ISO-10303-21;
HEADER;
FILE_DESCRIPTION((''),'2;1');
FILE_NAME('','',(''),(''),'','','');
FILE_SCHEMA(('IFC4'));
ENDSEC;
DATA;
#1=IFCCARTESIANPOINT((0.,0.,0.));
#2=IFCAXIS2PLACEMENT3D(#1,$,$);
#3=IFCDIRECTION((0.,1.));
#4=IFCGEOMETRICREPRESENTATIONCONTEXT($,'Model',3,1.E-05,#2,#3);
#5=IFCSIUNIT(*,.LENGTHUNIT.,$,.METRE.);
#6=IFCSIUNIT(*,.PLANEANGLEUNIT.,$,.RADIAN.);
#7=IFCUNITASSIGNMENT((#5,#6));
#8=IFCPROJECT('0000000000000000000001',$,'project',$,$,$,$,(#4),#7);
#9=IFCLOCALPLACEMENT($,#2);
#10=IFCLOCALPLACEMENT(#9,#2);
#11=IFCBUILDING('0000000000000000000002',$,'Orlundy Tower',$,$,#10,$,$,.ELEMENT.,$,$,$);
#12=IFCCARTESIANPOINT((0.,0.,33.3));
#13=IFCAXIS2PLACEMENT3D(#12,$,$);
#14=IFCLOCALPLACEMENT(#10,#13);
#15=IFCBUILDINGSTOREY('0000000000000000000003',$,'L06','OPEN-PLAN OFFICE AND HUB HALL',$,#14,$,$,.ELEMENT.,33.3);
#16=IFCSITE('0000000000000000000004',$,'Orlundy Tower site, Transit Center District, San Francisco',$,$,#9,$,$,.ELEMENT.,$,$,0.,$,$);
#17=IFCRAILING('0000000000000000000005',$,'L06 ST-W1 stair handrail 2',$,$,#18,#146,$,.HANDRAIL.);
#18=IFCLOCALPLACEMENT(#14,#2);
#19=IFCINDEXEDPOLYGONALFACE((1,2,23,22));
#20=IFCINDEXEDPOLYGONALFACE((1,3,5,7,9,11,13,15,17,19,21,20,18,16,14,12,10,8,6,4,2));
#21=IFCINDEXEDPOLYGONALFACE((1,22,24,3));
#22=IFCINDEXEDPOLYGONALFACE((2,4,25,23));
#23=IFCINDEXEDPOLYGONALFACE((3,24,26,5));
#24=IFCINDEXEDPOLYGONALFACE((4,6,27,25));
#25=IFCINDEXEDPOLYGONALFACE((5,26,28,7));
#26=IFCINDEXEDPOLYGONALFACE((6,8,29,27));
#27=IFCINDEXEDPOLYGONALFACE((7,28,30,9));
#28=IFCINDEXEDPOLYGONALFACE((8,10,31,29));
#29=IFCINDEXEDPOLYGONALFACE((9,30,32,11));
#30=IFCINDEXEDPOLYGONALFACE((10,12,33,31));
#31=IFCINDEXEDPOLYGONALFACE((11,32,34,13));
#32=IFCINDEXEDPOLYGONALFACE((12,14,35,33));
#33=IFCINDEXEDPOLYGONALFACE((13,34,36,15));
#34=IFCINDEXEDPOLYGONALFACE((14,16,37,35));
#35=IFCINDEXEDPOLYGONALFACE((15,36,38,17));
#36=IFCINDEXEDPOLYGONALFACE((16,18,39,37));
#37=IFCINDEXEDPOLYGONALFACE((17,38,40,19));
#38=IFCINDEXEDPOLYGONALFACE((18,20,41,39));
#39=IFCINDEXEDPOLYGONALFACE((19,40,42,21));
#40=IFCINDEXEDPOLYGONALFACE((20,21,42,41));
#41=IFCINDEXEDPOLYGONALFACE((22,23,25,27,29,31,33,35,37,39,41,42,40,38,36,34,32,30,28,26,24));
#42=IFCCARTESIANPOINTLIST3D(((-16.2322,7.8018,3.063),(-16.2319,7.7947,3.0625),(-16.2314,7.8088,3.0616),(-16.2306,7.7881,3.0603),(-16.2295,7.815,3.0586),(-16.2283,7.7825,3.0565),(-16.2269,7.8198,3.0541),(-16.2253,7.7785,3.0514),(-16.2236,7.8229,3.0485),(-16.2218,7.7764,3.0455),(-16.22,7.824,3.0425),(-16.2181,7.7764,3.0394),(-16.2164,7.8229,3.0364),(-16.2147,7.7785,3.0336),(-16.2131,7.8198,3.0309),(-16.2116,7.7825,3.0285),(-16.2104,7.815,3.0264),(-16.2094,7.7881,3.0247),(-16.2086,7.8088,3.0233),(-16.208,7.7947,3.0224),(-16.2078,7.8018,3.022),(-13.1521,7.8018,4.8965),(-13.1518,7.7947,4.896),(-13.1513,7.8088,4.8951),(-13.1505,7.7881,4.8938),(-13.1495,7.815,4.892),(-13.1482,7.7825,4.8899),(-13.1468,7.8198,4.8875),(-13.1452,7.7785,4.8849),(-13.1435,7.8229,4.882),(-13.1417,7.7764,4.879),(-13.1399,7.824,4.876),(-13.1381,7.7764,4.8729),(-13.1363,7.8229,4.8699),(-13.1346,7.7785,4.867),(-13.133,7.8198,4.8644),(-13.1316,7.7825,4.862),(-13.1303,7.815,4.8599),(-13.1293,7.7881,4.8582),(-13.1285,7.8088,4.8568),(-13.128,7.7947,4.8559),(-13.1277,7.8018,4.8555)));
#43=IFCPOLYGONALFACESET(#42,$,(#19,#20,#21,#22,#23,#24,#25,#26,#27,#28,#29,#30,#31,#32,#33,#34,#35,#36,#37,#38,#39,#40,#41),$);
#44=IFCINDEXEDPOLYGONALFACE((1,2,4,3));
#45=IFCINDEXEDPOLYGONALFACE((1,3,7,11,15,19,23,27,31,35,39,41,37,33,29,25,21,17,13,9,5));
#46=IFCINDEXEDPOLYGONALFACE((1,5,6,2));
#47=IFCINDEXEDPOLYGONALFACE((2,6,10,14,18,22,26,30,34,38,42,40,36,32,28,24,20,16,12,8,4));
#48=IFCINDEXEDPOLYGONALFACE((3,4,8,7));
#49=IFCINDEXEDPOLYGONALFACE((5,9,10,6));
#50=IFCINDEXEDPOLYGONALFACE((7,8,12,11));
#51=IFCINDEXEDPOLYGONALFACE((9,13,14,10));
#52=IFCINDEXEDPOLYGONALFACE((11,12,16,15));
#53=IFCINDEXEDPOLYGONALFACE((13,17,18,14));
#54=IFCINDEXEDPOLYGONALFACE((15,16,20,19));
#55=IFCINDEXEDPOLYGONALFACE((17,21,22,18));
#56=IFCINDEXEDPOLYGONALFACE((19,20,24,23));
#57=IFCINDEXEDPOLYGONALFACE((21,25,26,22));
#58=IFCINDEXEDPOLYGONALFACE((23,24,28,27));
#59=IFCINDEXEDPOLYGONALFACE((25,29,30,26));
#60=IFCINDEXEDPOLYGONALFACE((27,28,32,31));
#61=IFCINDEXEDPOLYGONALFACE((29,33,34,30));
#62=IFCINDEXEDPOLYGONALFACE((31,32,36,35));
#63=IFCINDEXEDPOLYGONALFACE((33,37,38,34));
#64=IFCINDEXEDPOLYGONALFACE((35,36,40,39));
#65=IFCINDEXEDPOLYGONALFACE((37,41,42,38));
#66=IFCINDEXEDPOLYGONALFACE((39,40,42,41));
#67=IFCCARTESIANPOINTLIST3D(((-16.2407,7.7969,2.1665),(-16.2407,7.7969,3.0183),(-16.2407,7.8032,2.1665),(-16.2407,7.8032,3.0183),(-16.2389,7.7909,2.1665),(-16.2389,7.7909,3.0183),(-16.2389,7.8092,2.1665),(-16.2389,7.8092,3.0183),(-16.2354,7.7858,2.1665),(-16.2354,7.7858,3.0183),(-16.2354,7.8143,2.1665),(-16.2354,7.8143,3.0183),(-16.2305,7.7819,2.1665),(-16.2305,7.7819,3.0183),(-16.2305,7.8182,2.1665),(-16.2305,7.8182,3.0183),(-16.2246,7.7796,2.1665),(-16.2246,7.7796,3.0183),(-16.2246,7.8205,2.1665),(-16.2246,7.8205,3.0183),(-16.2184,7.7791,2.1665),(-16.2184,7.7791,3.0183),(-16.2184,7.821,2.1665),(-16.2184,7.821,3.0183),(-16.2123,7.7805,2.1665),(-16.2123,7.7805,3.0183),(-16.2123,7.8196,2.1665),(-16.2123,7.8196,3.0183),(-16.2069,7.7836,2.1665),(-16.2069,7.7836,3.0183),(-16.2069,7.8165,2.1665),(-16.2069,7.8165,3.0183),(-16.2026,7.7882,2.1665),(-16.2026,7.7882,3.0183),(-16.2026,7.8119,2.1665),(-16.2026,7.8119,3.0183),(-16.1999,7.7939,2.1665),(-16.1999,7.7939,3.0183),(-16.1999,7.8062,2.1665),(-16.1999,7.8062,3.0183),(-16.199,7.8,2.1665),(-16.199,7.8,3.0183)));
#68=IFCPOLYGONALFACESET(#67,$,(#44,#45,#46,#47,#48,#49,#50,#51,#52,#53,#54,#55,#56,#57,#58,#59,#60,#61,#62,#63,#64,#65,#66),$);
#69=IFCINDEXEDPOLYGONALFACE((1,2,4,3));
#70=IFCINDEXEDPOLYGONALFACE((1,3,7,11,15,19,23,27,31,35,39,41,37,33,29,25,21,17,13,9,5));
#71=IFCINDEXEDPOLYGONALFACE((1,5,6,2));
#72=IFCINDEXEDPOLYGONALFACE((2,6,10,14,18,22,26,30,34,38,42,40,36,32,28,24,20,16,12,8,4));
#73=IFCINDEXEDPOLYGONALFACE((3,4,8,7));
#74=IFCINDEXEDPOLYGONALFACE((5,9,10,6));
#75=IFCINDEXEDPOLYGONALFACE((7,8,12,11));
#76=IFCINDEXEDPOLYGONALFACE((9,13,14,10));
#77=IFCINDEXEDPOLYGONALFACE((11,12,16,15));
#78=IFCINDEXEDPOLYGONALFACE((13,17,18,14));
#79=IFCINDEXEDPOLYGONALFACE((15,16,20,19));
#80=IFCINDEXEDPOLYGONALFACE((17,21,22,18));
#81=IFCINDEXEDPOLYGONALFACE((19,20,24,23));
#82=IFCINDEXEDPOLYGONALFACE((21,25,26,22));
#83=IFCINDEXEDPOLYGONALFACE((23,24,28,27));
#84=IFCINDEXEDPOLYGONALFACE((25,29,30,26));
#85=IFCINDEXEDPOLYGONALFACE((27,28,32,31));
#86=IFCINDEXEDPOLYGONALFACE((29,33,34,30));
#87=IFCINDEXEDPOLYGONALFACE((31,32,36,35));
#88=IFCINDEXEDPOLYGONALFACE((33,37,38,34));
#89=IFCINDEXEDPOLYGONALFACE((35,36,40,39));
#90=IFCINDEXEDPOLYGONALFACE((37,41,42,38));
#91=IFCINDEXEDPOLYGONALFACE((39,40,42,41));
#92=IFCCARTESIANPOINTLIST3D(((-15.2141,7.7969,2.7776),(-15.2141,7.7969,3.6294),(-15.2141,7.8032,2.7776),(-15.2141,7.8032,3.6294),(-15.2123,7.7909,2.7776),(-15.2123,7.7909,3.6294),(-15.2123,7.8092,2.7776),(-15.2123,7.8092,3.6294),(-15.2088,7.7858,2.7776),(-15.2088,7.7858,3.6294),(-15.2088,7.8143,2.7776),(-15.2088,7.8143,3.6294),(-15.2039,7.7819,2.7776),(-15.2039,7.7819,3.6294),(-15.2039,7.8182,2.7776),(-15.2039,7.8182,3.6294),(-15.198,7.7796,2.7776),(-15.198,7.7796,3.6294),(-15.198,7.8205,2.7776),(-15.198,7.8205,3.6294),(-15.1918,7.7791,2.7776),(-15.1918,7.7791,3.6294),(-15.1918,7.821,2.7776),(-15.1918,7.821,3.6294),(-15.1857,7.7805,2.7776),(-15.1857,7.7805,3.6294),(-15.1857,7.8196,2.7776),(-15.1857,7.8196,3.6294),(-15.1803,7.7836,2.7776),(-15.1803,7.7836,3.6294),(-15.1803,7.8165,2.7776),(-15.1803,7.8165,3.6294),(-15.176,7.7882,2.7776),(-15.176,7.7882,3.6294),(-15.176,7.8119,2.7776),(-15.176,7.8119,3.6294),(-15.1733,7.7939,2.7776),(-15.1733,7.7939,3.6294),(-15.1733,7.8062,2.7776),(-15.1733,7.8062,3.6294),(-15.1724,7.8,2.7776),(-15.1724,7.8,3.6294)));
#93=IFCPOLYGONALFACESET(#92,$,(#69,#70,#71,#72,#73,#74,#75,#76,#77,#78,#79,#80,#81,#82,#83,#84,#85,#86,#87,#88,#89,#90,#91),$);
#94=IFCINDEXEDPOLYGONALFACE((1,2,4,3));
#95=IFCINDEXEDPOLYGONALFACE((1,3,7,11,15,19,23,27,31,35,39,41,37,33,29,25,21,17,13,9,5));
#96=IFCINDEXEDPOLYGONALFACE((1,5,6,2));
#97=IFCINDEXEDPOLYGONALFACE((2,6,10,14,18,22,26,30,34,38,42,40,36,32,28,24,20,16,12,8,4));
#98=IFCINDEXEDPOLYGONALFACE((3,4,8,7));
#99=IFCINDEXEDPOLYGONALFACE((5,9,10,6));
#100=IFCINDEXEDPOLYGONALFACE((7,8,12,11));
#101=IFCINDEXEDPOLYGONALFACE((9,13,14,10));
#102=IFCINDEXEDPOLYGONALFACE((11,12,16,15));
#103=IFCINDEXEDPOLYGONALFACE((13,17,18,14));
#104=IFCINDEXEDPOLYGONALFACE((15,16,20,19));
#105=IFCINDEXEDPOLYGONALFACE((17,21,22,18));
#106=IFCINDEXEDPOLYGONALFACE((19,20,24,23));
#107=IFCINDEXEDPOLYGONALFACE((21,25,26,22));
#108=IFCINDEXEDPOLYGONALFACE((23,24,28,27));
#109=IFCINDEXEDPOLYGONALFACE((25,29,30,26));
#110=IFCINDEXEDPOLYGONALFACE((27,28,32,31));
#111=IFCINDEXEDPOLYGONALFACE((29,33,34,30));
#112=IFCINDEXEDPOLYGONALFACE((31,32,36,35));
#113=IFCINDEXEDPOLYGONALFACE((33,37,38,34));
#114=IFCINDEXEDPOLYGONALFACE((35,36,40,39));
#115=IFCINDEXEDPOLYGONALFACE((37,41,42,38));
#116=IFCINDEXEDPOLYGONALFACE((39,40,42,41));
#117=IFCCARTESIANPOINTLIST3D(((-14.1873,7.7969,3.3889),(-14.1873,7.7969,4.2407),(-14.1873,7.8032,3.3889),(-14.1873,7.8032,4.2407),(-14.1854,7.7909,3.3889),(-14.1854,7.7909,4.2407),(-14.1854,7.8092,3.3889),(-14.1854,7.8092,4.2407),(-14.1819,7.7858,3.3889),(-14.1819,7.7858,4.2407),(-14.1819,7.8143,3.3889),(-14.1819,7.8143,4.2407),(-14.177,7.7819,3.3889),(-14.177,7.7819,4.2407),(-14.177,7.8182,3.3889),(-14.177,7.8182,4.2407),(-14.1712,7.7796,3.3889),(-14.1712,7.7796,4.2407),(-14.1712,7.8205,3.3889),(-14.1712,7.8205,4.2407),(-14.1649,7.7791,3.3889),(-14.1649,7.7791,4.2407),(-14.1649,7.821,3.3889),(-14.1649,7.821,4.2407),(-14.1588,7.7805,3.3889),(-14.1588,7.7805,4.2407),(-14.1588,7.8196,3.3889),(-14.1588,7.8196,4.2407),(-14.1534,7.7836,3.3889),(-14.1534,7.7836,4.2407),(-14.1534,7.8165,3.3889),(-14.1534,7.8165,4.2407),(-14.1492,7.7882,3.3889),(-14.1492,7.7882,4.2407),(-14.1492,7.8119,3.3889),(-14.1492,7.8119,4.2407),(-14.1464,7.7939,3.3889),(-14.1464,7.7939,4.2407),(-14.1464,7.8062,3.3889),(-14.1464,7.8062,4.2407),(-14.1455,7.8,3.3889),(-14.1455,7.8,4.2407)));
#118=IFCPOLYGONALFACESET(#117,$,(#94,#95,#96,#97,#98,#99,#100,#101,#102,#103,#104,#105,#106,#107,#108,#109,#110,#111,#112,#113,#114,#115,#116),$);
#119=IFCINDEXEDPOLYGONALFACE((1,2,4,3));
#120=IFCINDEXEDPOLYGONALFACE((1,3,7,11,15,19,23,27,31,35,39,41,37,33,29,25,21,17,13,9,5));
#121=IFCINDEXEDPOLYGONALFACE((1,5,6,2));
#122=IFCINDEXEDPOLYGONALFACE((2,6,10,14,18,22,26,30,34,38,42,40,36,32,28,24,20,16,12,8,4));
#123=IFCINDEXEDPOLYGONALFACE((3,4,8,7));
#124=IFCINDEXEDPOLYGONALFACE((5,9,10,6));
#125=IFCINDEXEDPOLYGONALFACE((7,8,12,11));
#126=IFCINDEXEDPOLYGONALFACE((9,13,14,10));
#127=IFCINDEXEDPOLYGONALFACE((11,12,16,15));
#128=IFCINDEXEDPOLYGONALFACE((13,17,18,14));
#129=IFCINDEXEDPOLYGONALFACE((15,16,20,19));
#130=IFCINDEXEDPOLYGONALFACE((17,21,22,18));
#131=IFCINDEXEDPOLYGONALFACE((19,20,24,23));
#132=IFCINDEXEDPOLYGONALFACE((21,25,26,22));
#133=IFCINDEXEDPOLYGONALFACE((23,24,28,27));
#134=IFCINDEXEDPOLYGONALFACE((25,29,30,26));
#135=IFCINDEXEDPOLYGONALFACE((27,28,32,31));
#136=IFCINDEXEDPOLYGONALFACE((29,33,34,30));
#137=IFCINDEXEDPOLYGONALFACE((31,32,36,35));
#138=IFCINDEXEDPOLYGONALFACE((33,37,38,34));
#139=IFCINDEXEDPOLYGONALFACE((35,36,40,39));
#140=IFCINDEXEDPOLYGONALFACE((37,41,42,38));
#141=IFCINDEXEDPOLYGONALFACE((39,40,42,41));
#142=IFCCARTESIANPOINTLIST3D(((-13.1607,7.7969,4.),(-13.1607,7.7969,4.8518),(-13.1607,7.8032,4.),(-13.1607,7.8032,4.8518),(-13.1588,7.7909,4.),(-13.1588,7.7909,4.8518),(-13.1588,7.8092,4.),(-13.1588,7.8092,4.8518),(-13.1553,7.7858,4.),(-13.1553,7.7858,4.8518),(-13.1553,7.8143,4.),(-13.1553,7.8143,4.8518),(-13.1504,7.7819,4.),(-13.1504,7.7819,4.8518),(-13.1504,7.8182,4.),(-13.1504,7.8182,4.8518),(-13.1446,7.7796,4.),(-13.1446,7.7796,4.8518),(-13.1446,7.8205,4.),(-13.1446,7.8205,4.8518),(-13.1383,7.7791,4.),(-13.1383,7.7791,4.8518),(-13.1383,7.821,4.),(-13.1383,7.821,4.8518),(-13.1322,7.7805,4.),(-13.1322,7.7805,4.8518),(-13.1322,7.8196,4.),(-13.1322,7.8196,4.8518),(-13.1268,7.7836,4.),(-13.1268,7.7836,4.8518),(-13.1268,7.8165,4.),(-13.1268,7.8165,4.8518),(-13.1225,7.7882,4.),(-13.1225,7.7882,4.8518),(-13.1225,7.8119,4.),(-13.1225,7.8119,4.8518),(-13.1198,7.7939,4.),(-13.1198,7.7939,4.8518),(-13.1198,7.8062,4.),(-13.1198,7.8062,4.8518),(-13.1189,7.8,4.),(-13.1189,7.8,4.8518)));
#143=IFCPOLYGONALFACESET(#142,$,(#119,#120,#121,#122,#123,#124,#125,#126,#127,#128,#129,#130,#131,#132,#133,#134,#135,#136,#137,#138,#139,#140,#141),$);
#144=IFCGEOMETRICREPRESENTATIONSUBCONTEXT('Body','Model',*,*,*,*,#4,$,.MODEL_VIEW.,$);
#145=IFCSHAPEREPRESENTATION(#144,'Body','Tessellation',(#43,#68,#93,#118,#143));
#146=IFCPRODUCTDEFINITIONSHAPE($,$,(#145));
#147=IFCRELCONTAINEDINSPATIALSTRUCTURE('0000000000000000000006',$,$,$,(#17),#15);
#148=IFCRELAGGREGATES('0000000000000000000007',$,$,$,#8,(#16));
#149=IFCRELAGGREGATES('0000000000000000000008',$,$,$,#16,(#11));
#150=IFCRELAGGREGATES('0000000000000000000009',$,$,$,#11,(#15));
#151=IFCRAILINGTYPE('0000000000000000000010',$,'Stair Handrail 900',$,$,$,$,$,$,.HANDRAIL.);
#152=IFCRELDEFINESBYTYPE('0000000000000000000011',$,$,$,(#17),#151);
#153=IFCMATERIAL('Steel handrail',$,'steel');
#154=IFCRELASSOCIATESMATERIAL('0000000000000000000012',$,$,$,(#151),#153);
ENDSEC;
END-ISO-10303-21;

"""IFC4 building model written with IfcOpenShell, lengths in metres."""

from ifc_helpers import new_model, si_unit, direction, frame, origin, origin_2d, place, context, subcontext, project, spatial, circle, extrude, material, type_object, element, save


model = new_model("IFC4")

# Units and contexts
model_context = context("Model", 3, precision=1e-05, world=origin(), true_north=direction((0.0, 1.0)))
body_context = subcontext(model_context, "Body", "Model", "MODEL_VIEW")
ifc_project = project(units=[si_unit("LENGTHUNIT", "METRE"), si_unit("PLANEANGLEUNIT", "RADIAN")], contexts=[model_context])

# Site, building, storey
site_placement = place(None, origin())
site = spatial("IfcSite", under=ifc_project, at=site_placement, Name="Orlundy Tower site, Transit Center District, San Francisco", CompositionType="ELEMENT", RefElevation=0.0)
building_placement = place(site_placement, origin())
building = spatial("IfcBuilding", under=site, at=building_placement, Name="Orlundy Tower", CompositionType="ELEMENT")
storey_placement = place(building_placement, frame((0.0, 0.0, 33.3)))
storey = spatial("IfcBuildingStorey", under=building, at=storey_placement, Name="L06", Description="OPEN-PLAN OFFICE AND HUB HALL", CompositionType="ELEMENT", Elevation=33.3)

# Railing
ifc_material_1 = material(Name="Steel handrail", Category="steel")
railing_type_1 = type_object("IfcRailingType", Name="Stair Handrail 900", PredefinedType="HANDRAIL", material=ifc_material_1)
railing_1_placement = place(storey_placement, frame((-16.22, 7.8, 2.1665)))
element("IfcRailing", 1, at=railing_1_placement, inside=storey, type_object=railing_type_1, Name="L06 ST-W1 stair handrail 2", PredefinedType="HANDRAIL", context=body_context, shape_type="SweptSolid", body=[
    extrude(circle(Radius=0.0239, at=origin_2d()), frame((0.0, 0.0, 0.876), z_axis=(0.859279, 0.0, 0.511508), x_axis=(0.0, 1.0, 0.0)), (0.0, 0.0, 1.0), 3.5845),
    extrude(circle(Radius=0.021, at=origin_2d()), origin(), (0.0, 0.0, 1.0), 0.8518),
    extrude(circle(Radius=0.021, at=origin_2d()), frame((1.0266, 0.0, 0.6111)), (0.0, 0.0, 1.0), 0.8518),
    extrude(circle(Radius=0.021, at=origin_2d()), frame((2.0535, 0.0, 1.2224)), (0.0, 0.0, 1.0), 0.8518),
    extrude(circle(Radius=0.021, at=origin_2d()), frame((3.0801, 0.0, 1.8335)), (0.0, 0.0, 1.0), 0.8518),
])

save(model, "model.ifc")
